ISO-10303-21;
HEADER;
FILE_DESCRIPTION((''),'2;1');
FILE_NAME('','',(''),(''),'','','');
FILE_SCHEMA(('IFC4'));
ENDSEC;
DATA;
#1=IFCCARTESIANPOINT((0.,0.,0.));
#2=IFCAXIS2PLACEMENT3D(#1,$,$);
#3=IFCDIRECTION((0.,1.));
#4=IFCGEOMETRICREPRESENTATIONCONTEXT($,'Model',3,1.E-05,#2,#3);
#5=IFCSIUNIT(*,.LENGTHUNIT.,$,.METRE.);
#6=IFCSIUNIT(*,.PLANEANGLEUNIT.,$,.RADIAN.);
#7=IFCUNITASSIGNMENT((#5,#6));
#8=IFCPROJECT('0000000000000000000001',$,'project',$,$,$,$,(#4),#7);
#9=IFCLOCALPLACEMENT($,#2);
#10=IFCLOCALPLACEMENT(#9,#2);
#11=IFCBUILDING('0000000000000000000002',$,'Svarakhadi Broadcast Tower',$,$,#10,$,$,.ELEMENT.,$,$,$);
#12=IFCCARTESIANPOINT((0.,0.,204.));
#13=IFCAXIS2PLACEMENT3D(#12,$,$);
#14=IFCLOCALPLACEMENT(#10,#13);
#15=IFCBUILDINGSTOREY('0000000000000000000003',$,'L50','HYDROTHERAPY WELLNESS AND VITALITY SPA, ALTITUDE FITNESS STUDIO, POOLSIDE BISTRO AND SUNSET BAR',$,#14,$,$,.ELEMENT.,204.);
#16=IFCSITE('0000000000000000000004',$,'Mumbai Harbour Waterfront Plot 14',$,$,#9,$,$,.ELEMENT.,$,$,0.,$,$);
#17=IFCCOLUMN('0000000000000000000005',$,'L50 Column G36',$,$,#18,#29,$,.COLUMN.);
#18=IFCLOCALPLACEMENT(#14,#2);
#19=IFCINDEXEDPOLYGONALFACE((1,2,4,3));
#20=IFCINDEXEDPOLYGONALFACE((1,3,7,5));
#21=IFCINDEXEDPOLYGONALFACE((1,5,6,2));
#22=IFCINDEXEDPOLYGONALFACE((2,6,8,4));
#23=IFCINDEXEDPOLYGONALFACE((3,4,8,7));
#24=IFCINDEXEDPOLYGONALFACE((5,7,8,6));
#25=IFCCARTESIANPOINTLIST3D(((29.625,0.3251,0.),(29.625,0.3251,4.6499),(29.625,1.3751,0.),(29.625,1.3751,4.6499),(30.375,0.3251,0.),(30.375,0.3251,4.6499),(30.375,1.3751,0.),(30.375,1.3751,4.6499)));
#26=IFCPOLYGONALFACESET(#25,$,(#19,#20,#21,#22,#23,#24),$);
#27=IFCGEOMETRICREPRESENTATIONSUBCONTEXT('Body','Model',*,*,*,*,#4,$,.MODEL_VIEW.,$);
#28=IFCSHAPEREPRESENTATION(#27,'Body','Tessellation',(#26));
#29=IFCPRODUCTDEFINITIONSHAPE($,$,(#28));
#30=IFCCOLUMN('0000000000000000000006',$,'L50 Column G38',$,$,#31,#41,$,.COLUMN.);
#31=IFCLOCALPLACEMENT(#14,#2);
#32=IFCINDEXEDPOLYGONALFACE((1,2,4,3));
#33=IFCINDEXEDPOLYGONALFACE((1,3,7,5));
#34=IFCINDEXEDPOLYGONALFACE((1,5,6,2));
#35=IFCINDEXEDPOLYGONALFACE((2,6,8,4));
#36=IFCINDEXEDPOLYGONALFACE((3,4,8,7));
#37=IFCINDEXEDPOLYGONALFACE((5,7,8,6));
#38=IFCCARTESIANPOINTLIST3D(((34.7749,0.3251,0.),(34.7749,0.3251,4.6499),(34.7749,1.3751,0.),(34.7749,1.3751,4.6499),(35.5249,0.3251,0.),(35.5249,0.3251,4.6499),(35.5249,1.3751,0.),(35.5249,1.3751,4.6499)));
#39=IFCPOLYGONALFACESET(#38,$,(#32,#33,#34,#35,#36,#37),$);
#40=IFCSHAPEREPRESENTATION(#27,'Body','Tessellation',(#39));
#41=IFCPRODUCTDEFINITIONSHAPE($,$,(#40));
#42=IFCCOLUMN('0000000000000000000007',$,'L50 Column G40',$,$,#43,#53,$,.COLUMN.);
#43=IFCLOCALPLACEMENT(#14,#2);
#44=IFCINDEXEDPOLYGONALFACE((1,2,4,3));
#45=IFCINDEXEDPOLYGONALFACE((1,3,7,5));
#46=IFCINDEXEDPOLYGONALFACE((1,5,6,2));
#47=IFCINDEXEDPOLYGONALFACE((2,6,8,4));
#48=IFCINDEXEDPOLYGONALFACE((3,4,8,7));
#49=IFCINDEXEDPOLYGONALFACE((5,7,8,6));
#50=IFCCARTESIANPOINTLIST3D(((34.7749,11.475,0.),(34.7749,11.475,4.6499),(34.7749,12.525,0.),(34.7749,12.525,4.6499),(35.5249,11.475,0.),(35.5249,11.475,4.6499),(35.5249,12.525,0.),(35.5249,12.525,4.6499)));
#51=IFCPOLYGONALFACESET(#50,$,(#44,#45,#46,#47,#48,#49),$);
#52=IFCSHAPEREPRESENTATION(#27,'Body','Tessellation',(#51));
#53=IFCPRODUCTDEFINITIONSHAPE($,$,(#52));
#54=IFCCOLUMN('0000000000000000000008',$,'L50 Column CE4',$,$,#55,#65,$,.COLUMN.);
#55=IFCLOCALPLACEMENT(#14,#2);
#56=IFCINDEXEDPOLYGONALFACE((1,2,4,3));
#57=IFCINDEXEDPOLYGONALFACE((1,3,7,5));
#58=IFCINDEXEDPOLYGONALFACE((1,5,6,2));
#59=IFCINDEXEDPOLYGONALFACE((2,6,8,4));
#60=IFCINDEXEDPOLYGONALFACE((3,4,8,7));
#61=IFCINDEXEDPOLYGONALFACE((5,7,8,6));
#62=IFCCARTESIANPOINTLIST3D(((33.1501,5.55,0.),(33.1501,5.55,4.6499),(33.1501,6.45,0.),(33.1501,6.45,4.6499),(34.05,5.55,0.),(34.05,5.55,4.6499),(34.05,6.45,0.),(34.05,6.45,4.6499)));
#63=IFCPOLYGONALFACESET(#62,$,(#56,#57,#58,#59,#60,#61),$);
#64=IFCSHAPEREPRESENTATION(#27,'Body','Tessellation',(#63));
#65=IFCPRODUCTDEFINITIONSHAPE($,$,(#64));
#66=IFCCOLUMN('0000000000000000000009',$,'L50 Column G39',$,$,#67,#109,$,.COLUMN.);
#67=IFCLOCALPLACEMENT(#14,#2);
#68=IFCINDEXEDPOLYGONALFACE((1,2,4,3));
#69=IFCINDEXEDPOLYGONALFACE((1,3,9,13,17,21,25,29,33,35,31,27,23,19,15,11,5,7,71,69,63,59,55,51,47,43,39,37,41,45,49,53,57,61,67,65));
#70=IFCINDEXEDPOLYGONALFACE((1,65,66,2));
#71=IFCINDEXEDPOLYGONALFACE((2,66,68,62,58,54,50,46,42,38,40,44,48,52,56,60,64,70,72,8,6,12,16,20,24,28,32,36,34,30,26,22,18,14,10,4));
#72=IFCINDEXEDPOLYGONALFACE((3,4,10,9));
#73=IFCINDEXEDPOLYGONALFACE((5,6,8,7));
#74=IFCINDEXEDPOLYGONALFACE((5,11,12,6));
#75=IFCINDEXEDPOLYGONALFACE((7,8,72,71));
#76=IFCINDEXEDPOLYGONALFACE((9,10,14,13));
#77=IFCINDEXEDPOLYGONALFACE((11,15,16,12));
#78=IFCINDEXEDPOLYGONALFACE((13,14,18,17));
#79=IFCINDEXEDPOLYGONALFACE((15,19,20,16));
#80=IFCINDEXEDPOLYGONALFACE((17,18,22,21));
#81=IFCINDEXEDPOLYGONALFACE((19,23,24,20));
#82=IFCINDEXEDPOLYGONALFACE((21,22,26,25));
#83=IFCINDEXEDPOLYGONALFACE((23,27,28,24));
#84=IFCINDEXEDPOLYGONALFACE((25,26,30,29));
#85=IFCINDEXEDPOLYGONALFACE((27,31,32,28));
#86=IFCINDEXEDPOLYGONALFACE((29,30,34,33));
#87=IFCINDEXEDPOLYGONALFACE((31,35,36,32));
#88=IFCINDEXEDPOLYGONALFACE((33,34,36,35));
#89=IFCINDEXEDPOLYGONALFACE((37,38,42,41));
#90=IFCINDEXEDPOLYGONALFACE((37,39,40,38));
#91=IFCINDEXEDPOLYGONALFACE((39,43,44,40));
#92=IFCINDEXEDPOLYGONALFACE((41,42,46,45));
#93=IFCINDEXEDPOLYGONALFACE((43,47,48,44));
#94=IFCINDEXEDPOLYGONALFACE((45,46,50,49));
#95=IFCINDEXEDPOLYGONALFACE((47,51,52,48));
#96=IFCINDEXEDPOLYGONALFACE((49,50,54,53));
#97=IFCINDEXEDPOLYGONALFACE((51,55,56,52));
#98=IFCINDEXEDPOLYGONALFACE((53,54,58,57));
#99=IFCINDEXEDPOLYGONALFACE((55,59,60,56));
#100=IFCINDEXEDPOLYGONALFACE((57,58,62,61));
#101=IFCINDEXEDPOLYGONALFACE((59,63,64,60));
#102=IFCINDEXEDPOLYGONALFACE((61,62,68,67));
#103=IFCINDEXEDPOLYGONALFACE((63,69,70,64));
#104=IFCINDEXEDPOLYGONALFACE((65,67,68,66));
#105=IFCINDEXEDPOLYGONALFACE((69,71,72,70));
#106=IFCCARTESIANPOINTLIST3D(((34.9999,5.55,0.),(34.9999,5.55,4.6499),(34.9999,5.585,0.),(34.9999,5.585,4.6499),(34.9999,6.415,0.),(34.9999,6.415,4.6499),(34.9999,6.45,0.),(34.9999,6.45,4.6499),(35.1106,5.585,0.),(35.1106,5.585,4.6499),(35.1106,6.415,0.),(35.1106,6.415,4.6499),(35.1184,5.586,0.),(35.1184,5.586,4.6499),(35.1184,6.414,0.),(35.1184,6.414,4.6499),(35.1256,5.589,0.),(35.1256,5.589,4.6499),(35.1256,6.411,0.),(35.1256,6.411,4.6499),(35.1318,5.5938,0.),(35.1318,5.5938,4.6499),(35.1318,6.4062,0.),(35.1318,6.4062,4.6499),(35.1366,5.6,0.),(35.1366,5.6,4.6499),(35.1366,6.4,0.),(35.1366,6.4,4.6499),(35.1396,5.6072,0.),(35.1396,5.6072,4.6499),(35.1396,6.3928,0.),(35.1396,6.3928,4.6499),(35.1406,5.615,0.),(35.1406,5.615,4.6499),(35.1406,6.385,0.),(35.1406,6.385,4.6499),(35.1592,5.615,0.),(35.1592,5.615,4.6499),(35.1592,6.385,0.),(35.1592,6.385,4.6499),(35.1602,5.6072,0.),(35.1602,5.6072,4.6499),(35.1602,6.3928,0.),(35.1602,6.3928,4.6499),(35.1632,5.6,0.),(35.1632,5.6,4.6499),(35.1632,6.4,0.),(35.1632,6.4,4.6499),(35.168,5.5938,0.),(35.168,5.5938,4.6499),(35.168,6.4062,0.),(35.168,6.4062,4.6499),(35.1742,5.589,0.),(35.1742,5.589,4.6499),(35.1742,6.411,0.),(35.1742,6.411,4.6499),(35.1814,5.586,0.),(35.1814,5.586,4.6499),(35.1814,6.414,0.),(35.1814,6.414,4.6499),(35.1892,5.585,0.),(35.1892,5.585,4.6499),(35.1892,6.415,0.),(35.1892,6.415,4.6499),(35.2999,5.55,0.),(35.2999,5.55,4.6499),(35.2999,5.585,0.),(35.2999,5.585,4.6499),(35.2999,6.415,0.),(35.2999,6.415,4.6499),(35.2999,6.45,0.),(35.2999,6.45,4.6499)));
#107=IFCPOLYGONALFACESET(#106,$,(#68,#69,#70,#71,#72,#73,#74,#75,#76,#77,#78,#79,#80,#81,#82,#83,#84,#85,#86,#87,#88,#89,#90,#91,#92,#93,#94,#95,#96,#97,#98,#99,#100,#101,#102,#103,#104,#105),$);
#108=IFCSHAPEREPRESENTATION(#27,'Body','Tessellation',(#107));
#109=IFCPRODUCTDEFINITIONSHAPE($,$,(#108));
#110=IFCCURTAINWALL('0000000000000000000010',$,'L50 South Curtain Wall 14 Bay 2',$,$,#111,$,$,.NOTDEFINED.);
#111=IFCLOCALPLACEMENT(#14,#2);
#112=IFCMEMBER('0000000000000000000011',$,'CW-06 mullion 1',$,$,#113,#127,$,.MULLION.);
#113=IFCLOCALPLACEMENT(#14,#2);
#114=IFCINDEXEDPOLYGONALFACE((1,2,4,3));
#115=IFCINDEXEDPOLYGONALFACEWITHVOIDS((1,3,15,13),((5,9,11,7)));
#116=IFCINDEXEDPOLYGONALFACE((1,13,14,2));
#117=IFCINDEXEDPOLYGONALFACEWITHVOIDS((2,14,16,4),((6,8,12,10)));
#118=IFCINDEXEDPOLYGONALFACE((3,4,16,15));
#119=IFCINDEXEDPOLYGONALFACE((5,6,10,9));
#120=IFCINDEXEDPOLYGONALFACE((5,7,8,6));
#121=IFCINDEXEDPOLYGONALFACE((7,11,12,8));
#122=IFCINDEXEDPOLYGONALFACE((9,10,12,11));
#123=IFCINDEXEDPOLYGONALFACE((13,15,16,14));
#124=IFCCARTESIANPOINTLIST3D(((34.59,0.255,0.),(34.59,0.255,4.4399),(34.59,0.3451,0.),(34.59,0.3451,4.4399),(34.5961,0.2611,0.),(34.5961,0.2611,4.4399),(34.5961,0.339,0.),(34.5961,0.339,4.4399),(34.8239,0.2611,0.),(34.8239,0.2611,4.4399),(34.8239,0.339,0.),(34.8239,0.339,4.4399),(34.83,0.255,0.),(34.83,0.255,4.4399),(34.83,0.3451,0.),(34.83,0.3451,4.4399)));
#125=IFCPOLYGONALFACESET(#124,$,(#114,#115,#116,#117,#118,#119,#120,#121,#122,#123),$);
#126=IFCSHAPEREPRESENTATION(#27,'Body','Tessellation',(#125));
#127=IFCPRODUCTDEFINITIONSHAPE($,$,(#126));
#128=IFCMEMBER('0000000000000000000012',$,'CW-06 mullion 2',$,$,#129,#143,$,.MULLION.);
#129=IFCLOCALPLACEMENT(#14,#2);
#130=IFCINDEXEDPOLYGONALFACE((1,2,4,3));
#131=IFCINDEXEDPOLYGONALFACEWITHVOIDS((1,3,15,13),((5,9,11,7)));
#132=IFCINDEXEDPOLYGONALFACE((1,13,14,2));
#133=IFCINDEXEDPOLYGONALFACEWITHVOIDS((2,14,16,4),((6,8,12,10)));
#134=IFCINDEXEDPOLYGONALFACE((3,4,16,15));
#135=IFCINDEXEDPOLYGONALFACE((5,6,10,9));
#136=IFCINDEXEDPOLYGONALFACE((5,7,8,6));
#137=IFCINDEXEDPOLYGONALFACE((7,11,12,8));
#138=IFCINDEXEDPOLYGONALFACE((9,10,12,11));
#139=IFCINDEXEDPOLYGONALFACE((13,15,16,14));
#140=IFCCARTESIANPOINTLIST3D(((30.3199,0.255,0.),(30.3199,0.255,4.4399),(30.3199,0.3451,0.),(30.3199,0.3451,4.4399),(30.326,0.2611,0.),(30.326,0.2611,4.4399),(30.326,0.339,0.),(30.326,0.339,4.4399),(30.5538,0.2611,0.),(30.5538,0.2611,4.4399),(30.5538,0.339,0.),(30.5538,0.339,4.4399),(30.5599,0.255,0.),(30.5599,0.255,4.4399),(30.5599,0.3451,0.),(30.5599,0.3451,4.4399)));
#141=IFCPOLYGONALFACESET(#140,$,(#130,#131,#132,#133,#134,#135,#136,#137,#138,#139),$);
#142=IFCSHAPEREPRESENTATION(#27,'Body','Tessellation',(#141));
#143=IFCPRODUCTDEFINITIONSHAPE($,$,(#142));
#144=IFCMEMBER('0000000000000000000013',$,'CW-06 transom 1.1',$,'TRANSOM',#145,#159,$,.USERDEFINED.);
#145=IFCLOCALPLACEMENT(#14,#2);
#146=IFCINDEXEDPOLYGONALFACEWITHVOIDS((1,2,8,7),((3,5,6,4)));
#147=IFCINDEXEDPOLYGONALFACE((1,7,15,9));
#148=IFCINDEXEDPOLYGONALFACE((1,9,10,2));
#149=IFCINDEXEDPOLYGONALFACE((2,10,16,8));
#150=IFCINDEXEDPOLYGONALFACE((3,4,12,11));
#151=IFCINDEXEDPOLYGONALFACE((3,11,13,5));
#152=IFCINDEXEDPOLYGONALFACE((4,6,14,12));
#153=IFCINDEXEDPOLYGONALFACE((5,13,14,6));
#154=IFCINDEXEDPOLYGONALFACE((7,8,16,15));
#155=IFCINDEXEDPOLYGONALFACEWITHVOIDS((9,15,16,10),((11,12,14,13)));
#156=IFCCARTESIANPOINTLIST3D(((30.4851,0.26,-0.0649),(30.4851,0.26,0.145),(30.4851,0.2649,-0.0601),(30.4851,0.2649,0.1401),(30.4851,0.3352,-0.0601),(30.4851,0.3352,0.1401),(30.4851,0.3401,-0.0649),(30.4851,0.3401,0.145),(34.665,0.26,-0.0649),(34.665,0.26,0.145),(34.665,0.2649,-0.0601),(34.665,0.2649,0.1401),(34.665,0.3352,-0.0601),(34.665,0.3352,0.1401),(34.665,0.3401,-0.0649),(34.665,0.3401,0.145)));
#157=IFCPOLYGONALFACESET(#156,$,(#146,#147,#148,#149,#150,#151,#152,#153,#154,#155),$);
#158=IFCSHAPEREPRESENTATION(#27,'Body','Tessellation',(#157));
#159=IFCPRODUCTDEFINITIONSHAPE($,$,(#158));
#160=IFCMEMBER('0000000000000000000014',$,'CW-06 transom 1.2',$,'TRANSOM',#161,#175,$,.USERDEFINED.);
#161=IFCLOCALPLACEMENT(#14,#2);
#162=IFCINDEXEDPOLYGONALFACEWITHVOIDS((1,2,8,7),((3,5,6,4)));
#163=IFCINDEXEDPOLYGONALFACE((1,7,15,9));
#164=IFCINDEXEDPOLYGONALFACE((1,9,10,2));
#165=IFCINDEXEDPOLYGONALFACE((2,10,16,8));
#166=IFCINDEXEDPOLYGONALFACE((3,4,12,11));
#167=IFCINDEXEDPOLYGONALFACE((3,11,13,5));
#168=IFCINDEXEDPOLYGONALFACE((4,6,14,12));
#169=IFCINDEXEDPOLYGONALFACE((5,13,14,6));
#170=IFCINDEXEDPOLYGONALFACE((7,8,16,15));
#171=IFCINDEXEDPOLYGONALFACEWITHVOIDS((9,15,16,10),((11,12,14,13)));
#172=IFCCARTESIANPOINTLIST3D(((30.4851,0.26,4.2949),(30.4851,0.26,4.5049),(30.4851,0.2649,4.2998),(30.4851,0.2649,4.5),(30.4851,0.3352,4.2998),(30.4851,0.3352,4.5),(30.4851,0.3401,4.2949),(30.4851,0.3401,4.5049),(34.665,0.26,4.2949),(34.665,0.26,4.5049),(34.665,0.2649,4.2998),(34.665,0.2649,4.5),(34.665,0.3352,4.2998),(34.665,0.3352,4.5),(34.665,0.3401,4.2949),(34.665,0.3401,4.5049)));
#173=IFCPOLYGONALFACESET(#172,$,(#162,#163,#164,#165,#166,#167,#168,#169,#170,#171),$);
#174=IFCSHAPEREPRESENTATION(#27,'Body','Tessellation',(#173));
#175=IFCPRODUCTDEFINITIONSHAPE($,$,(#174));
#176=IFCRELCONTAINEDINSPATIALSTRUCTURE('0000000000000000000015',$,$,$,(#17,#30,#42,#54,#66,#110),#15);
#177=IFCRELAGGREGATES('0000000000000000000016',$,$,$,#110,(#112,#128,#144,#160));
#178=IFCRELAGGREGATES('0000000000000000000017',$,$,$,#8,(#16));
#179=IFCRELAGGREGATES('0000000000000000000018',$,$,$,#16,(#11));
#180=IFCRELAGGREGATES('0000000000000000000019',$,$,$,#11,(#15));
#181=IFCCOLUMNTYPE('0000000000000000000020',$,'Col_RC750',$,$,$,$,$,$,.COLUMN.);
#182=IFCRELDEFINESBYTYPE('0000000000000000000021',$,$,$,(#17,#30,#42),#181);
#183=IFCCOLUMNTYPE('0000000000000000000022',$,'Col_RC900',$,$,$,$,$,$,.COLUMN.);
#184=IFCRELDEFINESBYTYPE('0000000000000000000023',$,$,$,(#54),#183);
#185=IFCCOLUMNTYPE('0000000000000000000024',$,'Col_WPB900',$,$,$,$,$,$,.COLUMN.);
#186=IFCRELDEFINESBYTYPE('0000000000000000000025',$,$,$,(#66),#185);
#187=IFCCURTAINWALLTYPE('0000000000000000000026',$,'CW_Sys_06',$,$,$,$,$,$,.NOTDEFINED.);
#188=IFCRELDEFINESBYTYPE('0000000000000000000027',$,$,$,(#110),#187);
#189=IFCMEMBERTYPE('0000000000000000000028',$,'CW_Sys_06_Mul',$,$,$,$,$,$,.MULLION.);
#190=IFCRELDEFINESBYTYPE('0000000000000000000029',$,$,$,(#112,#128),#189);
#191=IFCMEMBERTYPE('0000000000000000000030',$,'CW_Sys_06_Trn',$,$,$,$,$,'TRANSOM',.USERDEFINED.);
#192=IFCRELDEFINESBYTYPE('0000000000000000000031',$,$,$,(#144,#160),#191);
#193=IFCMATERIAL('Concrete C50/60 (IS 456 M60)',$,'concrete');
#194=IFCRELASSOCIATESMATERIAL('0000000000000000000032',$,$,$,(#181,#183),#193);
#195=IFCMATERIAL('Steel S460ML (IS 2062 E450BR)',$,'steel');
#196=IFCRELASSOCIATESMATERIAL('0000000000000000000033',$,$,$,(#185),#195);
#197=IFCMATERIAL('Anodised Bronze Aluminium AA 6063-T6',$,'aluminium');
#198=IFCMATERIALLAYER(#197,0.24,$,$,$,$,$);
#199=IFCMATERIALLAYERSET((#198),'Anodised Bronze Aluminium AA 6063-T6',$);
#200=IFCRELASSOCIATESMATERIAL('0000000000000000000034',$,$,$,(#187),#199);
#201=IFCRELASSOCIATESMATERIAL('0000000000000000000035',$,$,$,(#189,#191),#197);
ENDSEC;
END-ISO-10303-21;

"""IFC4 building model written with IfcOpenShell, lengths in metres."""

from ifc_helpers import new_model, si_unit, direction, frame, origin, origin_2d, place, context, subcontext, project, spatial, rectangle, hollow_rectangle, i_section, extrude, material, layer, layer_set, material_profile, profile_set, type_object, element, aggregate, save


model = new_model("IFC4")

# Units and contexts
model_context = context("Model", 3, precision=1e-05, world=origin(), true_north=direction((0.0, 1.0)))
body_context = subcontext(model_context, "Body", "Model", "MODEL_VIEW")
ifc_project = project(units=[si_unit("LENGTHUNIT", "METRE"), si_unit("PLANEANGLEUNIT", "RADIAN")], contexts=[model_context])

# Site, building, storey
site_placement = place(None, origin())
site = spatial("IfcSite", under=ifc_project, at=site_placement, Name="Mumbai Harbour Waterfront Plot 14", CompositionType="ELEMENT", RefElevation=0.0)
building_placement = place(site_placement, origin())
building = spatial("IfcBuilding", under=site, at=building_placement, Name="Svarakhadi Broadcast Tower", CompositionType="ELEMENT")
storey_placement = place(building_placement, frame((0.0, 0.0, 204.0)))
storey = spatial("IfcBuildingStorey", under=building, at=storey_placement, Name="L50", Description="HYDROTHERAPY WELLNESS AND VITALITY SPA, ALTITUDE FITNESS STUDIO, POOLSIDE BISTRO AND SUNSET BAR", CompositionType="ELEMENT", Elevation=204.0)

# Columns
ifc_material_1 = material(Name="Concrete C50/60 (IS 456 M60)", Category="concrete")
ifc_material_profile_1 = material_profile(ifc_material_1, rectangle(XDim=0.75, YDim=1.05, at=origin_2d()), Name="RC 750x1050")
ifc_profile_set_1 = profile_set([ifc_material_profile_1], Name="Concrete C50/60 (IS 456 M60)")
column_type_1 = type_object("IfcColumnType", Name="Col_RC750", PredefinedType="COLUMN", material=ifc_profile_set_1)
for number, where, z_axis, x_axis, name in (
    (1, (30.0, 0.8501, 0.0), (0.0, 0.0, 1.0), (1.0, 0.0, 0.0), "L50 Column G36"),
    (2, (35.1499, 0.8501, 0.0), (0.0, 0.0, 1.0), (1.0, 0.0, 0.0), "L50 Column G38"),
    (3, (35.1499, 12.0, 0.0), (0.0, 0.0, 1.0), (1.0, 0.0, 0.0), "L50 Column G40"),
):
    element("IfcColumn", number, at=place(storey_placement, frame(where, z_axis=z_axis, x_axis=x_axis)), inside=storey, type_object=column_type_1, Name=name, PredefinedType="COLUMN", context=body_context, shape_type="SweptSolid", body=[
        extrude(rectangle(XDim=0.75, YDim=1.05, at=origin_2d()), origin(), (0.0, 0.0, 1.0), 4.6499),
    ])
ifc_material_profile_2 = material_profile(ifc_material_1, rectangle(XDim=0.8999, YDim=0.8999, at=origin_2d()), Name="RC 900x900")
ifc_profile_set_2 = profile_set([ifc_material_profile_2], Name="Concrete C50/60 (IS 456 M60)")
column_type_2 = type_object("IfcColumnType", Name="Col_RC900", PredefinedType="COLUMN", material=ifc_profile_set_2)
column_1_placement = place(storey_placement, frame((33.6001, 6.0, 0.0), z_axis=(0.0, 0.0, 1.0), x_axis=(1.0, 0.0, 0.0)))
element("IfcColumn", 4, at=column_1_placement, inside=storey, type_object=column_type_2, Name="L50 Column CE4", PredefinedType="COLUMN", context=body_context, shape_type="SweptSolid", body=[
    extrude(rectangle(XDim=0.8999, YDim=0.8999, at=origin_2d()), origin(), (0.0, 0.0, 1.0), 4.6499),
])
ifc_material_2 = material(Name="Steel S460ML (IS 2062 E450BR)", Category="steel")
ifc_material_profile_3 = material_profile(ifc_material_2, i_section(OverallWidth=0.3, OverallDepth=0.8999, WebThickness=0.0186, FlangeThickness=0.0349, FilletRadius=0.03, at=origin_2d()), Name="WPB 900x300x291")
ifc_profile_set_3 = profile_set([ifc_material_profile_3], Name="Steel S460ML (IS 2062 E450BR)")
column_type_3 = type_object("IfcColumnType", Name="Col_WPB900", PredefinedType="COLUMN", material=ifc_profile_set_3)
column_2_placement = place(storey_placement, frame((35.1499, 6.0, 0.0), z_axis=(0.0, 0.0, 1.0), x_axis=(1.0, 0.0, 0.0)))
element("IfcColumn", 5, at=column_2_placement, inside=storey, type_object=column_type_3, Name="L50 Column G39", PredefinedType="COLUMN", context=body_context, shape_type="SweptSolid", body=[
    extrude(i_section(OverallWidth=0.3, OverallDepth=0.8999, WebThickness=0.0186, FlangeThickness=0.0349, FilletRadius=0.03, at=origin_2d()), origin(), (0.0, 0.0, 1.0), 4.6499),
])

# Curtain wall, members
ifc_material_3 = material(Name="Anodised Bronze Aluminium AA 6063-T6", Category="aluminium")
ifc_layer_1 = layer(ifc_material_3, 0.24)
ifc_layer_set_1 = layer_set([ifc_layer_1], Name="Anodised Bronze Aluminium AA 6063-T6")
curtain_wall_type = type_object("IfcCurtainWallType", Name="CW_Sys_06", PredefinedType="NOTDEFINED", material=ifc_layer_set_1)
curtain_wall_placement = place(storey_placement, origin())
curtain_wall = element("IfcCurtainWall", 6, at=curtain_wall_placement, inside=storey, type_object=curtain_wall_type, Name="L50 South Curtain Wall 14 Bay 2", PredefinedType="NOTDEFINED")
ifc_material_profile_4 = material_profile(ifc_material_3, hollow_rectangle(XDim=0.0901, YDim=0.24, WallThickness=0.0061, at=origin_2d()), Name="ALU MULLION 240x90x6")
ifc_profile_set_4 = profile_set([ifc_material_profile_4], Name="Anodised Bronze Aluminium AA 6063-T6")
member_type_1 = type_object("IfcMemberType", Name="CW_Sys_06_Mul", PredefinedType="MULLION", material=ifc_profile_set_4)
member_1_placement = place(storey_placement, frame((34.71, 0.3, 0.0), z_axis=(0.0, 0.0, 1.0), x_axis=(0.0, -1.0, 0.0)))
member_1 = element("IfcMember", 7, at=member_1_placement, type_object=member_type_1, Name="CW-06 mullion 1", PredefinedType="MULLION", context=body_context, shape_type="SweptSolid", body=[
    extrude(hollow_rectangle(XDim=0.0901, YDim=0.24, WallThickness=0.0061, at=origin_2d()), origin(), (0.0, 0.0, 1.0), 4.4399),
])
member_2_placement = place(storey_placement, frame((30.4399, 0.3, 0.0), z_axis=(0.0, 0.0, 1.0), x_axis=(0.0, -1.0, 0.0)))
member_2 = element("IfcMember", 8, at=member_2_placement, type_object=member_type_1, Name="CW-06 mullion 2", PredefinedType="MULLION", context=body_context, shape_type="SweptSolid", body=[
    extrude(hollow_rectangle(XDim=0.0901, YDim=0.24, WallThickness=0.0061, at=origin_2d()), origin(), (0.0, 0.0, 1.0), 4.4399),
])
ifc_material_profile_5 = material_profile(ifc_material_3, hollow_rectangle(XDim=0.0801, YDim=0.21, WallThickness=0.0049, at=origin_2d()), Name="ALU TRANSOM 210x80x5")
ifc_profile_set_5 = profile_set([ifc_material_profile_5], Name="Anodised Bronze Aluminium AA 6063-T6")
member_type_2 = type_object("IfcMemberType", Name="CW_Sys_06_Trn", ElementType="TRANSOM", PredefinedType="USERDEFINED", material=ifc_profile_set_5)
member_3_placement = place(storey_placement, frame((34.665, 0.3, 0.04), z_axis=(-1.0, 0.0, 0.0), x_axis=(0.0, -1.0, 0.0)))
member_3 = element("IfcMember", 9, at=member_3_placement, type_object=member_type_2, Name="CW-06 transom 1.1", ObjectType="TRANSOM", PredefinedType="USERDEFINED", context=body_context, shape_type="SweptSolid", body=[
    extrude(hollow_rectangle(XDim=0.0801, YDim=0.21, WallThickness=0.0049, at=origin_2d()), origin(), (0.0, 0.0, 1.0), 4.1799),
])
member_4_placement = place(storey_placement, frame((34.665, 0.3, 4.3999), z_axis=(-1.0, 0.0, 0.0), x_axis=(0.0, -1.0, 0.0)))
member_4 = element("IfcMember", 10, at=member_4_placement, type_object=member_type_2, Name="CW-06 transom 1.2", ObjectType="TRANSOM", PredefinedType="USERDEFINED", context=body_context, shape_type="SweptSolid", body=[
    extrude(hollow_rectangle(XDim=0.0801, YDim=0.21, WallThickness=0.0049, at=origin_2d()), origin(), (0.0, 0.0, 1.0), 4.1799),
])

aggregate(curtain_wall, [member_1, member_2, member_3, member_4])

save(model, "model.ifc")
